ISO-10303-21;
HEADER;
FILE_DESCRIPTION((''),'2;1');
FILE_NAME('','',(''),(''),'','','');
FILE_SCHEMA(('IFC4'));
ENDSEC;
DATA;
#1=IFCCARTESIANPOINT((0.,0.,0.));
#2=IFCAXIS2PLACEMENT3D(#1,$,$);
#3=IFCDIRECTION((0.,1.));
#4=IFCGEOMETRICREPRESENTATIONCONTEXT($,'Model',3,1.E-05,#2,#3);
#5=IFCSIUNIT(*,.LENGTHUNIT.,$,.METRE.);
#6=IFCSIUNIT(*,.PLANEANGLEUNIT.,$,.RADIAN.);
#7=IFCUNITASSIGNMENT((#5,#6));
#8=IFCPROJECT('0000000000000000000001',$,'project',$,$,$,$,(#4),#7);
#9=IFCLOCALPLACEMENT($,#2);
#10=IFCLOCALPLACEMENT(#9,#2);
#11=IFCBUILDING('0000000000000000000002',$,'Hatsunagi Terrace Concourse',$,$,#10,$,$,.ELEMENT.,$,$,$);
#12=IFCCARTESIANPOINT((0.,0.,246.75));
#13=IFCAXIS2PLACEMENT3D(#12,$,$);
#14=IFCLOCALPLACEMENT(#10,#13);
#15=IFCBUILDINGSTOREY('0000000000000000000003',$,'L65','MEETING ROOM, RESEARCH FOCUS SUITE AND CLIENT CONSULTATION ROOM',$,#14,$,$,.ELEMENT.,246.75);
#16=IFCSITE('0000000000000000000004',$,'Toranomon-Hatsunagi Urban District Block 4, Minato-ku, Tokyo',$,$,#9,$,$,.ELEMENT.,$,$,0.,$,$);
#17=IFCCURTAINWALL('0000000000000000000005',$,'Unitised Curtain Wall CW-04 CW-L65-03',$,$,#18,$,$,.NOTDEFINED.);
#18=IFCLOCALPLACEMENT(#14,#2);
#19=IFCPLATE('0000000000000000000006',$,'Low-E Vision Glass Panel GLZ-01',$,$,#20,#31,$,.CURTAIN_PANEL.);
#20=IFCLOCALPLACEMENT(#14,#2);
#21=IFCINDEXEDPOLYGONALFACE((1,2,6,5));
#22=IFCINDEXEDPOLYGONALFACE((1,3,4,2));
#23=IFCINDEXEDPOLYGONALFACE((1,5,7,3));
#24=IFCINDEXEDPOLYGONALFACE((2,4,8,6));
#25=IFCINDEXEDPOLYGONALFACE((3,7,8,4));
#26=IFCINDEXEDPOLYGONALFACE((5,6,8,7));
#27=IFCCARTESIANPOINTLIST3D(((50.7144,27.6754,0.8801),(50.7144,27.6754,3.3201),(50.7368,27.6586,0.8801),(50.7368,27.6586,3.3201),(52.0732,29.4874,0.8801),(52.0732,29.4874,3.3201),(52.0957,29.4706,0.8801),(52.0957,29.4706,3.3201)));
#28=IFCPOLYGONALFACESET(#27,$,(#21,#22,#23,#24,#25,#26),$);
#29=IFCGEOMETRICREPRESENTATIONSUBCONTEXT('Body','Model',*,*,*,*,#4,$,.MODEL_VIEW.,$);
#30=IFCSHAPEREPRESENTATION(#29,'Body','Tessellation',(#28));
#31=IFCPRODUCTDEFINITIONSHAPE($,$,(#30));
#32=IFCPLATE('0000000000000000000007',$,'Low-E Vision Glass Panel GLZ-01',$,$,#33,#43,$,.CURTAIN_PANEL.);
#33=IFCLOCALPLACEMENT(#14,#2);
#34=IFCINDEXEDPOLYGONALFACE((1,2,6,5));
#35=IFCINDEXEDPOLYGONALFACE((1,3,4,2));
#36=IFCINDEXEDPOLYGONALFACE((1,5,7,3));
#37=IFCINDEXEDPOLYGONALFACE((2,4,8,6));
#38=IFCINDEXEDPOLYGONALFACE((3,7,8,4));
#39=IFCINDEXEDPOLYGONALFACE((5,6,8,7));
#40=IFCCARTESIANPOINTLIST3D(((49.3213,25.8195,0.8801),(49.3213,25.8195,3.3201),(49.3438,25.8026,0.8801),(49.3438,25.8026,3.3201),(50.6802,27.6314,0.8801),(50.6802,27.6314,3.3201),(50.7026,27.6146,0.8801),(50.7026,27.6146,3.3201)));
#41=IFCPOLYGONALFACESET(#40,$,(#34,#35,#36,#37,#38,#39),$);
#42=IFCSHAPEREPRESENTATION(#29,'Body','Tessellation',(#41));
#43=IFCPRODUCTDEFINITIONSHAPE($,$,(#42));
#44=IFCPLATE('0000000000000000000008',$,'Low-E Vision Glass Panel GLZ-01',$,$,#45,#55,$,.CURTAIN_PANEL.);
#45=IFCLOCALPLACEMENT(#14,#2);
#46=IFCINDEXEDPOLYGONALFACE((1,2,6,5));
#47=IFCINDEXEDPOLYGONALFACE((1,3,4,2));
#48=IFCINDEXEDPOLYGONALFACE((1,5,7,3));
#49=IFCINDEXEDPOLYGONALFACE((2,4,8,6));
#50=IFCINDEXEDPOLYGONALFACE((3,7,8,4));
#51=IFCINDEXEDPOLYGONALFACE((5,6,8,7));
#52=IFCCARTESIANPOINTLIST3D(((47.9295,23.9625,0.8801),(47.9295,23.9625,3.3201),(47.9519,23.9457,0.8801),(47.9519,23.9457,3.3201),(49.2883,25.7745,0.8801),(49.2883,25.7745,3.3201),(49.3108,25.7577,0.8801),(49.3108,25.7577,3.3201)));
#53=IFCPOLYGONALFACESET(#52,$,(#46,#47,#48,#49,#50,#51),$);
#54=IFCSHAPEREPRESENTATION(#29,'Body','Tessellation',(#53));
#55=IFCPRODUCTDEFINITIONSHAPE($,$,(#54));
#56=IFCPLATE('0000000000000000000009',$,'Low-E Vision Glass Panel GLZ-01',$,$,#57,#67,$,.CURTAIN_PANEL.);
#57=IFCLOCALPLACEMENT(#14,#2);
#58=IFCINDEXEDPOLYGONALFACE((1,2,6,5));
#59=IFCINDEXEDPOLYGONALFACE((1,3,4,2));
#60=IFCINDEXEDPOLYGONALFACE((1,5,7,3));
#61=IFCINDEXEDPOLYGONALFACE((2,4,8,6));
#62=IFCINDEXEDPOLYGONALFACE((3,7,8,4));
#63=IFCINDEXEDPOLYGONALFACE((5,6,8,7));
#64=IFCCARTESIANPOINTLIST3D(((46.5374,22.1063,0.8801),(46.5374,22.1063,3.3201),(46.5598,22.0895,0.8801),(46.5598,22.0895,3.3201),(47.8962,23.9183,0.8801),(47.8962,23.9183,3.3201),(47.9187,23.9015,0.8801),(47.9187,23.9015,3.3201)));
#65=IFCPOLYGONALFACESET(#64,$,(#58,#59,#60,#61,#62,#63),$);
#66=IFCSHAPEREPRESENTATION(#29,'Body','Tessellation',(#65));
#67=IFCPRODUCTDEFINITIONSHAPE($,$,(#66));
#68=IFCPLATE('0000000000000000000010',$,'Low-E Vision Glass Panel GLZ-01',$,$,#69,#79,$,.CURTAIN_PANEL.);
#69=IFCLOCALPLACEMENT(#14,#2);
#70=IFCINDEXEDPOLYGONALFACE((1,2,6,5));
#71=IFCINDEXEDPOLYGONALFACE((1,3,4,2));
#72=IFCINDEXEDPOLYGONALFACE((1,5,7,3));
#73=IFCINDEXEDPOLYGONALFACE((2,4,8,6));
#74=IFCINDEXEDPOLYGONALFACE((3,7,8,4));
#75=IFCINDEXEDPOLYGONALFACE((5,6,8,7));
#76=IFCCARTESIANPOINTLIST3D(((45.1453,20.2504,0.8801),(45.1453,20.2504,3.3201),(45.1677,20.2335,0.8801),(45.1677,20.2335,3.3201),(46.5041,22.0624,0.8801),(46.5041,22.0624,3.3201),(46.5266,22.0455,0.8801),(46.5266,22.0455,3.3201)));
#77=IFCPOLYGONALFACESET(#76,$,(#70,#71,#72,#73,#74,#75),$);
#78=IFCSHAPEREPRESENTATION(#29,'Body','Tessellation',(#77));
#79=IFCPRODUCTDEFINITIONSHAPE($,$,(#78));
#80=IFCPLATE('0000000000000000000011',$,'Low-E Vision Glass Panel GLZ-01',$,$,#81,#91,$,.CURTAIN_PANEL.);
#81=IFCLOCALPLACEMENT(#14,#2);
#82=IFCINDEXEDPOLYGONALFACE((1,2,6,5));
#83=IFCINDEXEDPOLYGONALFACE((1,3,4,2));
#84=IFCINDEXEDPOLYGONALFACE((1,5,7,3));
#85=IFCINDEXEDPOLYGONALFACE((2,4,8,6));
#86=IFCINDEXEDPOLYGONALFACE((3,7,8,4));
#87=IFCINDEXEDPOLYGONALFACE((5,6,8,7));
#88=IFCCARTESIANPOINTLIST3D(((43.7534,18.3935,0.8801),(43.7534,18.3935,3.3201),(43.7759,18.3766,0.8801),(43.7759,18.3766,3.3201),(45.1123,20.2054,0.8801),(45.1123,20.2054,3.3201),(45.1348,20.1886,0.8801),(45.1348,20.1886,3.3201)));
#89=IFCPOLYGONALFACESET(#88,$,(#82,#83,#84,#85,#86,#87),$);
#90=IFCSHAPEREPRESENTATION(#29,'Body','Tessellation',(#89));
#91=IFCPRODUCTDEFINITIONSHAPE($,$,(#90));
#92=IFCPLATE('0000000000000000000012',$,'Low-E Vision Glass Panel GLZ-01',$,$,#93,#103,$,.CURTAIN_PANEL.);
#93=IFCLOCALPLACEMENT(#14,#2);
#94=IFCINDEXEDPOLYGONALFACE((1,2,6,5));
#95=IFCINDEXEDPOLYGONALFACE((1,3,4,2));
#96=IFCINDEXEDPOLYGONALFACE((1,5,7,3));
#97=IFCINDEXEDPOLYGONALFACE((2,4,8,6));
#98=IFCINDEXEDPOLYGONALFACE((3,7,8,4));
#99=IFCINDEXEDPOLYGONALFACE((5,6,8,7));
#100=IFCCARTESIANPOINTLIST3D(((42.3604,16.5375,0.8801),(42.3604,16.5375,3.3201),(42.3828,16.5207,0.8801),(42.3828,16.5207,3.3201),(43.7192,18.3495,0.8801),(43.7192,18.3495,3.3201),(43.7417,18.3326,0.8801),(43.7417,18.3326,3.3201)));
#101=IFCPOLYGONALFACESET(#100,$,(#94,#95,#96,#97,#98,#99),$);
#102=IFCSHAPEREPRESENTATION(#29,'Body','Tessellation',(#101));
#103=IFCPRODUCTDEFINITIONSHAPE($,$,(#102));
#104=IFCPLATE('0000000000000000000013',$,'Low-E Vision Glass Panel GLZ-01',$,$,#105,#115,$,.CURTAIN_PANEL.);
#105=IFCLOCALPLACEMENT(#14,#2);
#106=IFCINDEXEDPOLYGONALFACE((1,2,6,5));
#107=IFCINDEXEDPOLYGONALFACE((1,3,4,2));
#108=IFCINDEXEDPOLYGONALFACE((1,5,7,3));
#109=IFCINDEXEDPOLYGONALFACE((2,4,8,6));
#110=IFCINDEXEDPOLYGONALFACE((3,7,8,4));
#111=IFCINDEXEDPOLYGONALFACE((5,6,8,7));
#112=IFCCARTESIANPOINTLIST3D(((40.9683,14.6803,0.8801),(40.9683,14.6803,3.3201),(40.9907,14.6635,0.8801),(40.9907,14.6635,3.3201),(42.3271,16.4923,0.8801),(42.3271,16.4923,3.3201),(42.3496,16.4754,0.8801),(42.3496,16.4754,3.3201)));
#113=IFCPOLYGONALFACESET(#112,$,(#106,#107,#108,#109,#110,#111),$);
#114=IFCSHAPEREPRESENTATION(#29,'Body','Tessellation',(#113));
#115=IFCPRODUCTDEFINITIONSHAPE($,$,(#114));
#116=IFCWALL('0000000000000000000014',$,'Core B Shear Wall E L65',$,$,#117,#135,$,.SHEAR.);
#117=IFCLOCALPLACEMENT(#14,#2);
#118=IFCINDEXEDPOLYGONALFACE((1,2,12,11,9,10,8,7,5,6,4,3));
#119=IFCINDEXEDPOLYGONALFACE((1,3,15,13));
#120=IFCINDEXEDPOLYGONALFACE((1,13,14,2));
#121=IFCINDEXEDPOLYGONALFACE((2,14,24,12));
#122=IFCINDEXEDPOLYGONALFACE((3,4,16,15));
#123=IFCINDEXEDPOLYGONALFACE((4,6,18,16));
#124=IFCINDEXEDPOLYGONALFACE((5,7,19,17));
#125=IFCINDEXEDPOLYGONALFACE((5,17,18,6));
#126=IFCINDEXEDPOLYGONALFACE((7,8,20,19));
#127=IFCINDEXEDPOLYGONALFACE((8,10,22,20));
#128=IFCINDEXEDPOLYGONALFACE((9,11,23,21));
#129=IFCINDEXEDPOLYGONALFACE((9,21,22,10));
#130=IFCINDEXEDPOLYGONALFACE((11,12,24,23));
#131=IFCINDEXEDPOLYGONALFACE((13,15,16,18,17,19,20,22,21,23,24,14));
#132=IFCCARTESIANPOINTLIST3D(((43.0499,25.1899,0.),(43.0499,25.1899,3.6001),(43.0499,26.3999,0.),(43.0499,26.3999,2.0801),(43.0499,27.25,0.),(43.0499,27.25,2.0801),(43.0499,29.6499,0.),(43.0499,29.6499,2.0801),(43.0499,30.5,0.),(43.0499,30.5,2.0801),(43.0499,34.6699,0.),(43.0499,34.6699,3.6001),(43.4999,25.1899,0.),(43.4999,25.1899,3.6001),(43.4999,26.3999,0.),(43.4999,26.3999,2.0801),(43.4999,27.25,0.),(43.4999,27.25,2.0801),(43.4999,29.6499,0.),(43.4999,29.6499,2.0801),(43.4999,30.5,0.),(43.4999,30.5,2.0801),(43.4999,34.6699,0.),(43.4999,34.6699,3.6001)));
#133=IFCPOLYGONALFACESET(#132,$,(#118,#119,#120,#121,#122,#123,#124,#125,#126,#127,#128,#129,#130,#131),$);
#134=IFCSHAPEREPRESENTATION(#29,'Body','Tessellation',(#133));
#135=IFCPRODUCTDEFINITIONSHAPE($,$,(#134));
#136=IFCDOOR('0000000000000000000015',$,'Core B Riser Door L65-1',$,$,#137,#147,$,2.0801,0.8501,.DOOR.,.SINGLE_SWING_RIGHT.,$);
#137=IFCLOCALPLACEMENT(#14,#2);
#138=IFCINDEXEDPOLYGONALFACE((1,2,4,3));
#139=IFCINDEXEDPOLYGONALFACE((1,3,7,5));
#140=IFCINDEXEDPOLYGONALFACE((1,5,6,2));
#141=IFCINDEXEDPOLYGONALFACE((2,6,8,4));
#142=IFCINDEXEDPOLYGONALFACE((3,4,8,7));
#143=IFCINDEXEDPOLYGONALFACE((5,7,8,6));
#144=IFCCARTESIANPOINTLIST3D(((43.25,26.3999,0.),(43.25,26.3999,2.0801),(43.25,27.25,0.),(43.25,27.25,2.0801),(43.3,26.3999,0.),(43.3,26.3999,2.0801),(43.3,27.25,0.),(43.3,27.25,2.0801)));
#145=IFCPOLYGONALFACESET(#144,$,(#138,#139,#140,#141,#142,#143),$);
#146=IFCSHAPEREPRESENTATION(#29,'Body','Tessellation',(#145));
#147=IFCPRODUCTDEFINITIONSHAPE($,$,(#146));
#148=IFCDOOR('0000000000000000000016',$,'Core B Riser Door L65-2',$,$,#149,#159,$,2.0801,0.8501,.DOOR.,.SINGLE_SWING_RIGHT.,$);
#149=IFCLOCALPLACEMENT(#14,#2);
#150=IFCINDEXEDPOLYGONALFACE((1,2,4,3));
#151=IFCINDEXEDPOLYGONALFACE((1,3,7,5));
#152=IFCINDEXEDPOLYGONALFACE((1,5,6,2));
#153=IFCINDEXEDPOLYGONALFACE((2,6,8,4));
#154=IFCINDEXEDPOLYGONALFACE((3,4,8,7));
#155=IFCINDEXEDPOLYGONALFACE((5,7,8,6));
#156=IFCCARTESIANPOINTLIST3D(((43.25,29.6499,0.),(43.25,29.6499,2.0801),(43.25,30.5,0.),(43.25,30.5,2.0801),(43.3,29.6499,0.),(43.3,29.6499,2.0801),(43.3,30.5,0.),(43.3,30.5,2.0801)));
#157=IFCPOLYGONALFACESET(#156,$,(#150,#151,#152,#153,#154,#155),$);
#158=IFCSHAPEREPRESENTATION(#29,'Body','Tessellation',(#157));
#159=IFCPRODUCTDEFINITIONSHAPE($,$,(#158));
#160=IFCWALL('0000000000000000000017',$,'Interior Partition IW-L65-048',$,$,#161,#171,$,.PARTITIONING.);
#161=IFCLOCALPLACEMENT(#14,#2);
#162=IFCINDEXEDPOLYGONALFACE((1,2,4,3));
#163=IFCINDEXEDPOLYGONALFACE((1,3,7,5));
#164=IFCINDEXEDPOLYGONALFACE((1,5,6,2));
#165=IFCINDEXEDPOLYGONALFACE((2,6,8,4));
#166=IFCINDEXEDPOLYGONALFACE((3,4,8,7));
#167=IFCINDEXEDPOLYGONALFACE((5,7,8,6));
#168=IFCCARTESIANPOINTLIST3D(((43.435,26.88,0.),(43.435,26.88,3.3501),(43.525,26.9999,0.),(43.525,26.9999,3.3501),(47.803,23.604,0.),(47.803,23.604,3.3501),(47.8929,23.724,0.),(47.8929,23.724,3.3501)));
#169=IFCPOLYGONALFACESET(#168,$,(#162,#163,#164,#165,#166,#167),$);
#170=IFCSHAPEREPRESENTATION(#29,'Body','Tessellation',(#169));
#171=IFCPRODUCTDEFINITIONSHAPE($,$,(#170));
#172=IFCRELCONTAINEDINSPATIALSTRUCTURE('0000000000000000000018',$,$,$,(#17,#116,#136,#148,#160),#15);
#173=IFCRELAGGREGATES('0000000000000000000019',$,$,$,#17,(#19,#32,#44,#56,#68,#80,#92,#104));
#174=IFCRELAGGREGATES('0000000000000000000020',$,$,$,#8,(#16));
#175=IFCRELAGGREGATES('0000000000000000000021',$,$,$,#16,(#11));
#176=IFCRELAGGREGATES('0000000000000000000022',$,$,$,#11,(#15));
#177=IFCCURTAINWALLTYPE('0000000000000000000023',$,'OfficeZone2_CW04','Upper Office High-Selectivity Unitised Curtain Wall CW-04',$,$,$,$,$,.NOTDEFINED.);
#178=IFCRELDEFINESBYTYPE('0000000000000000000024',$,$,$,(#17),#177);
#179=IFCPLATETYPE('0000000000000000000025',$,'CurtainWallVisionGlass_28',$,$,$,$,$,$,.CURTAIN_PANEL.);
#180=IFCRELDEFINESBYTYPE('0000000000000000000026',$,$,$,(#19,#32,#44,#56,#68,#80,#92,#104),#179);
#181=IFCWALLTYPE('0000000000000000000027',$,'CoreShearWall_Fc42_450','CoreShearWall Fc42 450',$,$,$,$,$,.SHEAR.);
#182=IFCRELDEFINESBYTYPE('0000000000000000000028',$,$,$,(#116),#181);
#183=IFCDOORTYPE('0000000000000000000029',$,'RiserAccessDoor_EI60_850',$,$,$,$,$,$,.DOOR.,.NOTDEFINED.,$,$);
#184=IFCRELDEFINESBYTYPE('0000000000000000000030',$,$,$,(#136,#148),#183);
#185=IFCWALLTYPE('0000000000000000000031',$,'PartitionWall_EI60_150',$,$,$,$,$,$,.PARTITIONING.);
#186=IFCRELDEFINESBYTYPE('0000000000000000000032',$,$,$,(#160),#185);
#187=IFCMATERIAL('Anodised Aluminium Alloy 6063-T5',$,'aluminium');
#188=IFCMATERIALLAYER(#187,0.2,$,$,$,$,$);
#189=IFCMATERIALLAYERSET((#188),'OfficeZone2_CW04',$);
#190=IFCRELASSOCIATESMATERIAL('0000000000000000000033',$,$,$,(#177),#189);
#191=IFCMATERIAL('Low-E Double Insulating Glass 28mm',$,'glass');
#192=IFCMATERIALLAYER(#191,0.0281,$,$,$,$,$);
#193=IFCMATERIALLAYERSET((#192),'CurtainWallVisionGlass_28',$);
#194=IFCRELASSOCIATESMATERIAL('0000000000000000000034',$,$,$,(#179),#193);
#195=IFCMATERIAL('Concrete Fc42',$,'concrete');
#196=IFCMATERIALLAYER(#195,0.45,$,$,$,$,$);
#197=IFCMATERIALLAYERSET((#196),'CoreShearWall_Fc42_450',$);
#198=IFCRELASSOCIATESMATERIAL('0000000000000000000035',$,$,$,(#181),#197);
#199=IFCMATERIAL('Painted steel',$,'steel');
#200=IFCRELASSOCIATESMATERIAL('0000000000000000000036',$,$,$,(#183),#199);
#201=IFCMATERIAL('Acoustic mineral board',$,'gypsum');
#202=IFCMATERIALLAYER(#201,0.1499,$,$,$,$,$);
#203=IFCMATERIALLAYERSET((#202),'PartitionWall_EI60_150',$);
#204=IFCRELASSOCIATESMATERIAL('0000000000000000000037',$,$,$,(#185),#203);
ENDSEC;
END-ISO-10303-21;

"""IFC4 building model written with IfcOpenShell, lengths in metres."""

from ifc_helpers import new_model, si_unit, direction, frame, frame_2d, origin, origin_2d, place, context, subcontext, project, spatial, rectangle, extrude, material, layer, layer_set, type_object, element, fill, aggregate, save


model = new_model("IFC4")

# Units and contexts
model_context = context("Model", 3, precision=1e-05, world=origin(), true_north=direction((0.0, 1.0)))
body_context = subcontext(model_context, "Body", "Model", "MODEL_VIEW")
ifc_project = project(units=[si_unit("LENGTHUNIT", "METRE"), si_unit("PLANEANGLEUNIT", "RADIAN")], contexts=[model_context])

# Site, building, storey
site_placement = place(None, origin())
site = spatial("IfcSite", under=ifc_project, at=site_placement, Name="Toranomon-Hatsunagi Urban District Block 4, Minato-ku, Tokyo", CompositionType="ELEMENT", RefElevation=0.0)
building_placement = place(site_placement, origin())
building = spatial("IfcBuilding", under=site, at=building_placement, Name="Hatsunagi Terrace Concourse", CompositionType="ELEMENT")
storey_placement = place(building_placement, frame((0.0, 0.0, 246.75)))
storey = spatial("IfcBuildingStorey", under=building, at=storey_placement, Name="L65", Description="MEETING ROOM, RESEARCH FOCUS SUITE AND CLIENT CONSULTATION ROOM", CompositionType="ELEMENT", Elevation=246.75)

# Curtain wall
ifc_material_1 = material(Name="Anodised Aluminium Alloy 6063-T5", Category="aluminium")
ifc_layer_1 = layer(ifc_material_1, 0.2)
ifc_layer_set_1 = layer_set([ifc_layer_1], Name="OfficeZone2_CW04")
curtain_wall_type = type_object("IfcCurtainWallType", Name="OfficeZone2_CW04", Description="Upper Office High-Selectivity Unitised Curtain Wall CW-04", PredefinedType="NOTDEFINED", material=ifc_layer_set_1)
curtain_wall_placement = place(storey_placement, origin())
curtain_wall = element("IfcCurtainWall", 1, at=curtain_wall_placement, inside=storey, type_object=curtain_wall_type, Name="Unitised Curtain Wall CW-04 CW-L65-03", PredefinedType="NOTDEFINED")

# Plates
ifc_material_2 = material(Name="Low-E Double Insulating Glass 28mm", Category="glass")
ifc_layer_2 = layer(ifc_material_2, 0.0281)
ifc_layer_set_2 = layer_set([ifc_layer_2], Name="CurtainWallVisionGlass_28")
plate_type_1 = type_object("IfcPlateType", Name="CurtainWallVisionGlass_28", PredefinedType="CURTAIN_PANEL", material=ifc_layer_set_2)
plate_1_placement = place(storey_placement, frame((51.405, 28.573, 0.8801), z_axis=(0.0, 0.0, 1.0), x_axis=(-0.599969, -0.800023, 0.0)))
plate_1 = element("IfcPlate", 2, at=plate_1_placement, type_object=plate_type_1, Name="Low-E Vision Glass Panel GLZ-01", PredefinedType="CURTAIN_PANEL", context=body_context, shape_type="SweptSolid", body=[
    extrude(rectangle(XDim=2.2649, YDim=0.0281, at=origin_2d()), origin(), (0.0, 0.0, 1.0), 2.4399),
])
plate_2_placement = place(storey_placement, frame((50.012, 26.717, 0.8801), z_axis=(0.0, 0.0, 1.0), x_axis=(-0.599969, -0.800023, 0.0)))
plate_2 = element("IfcPlate", 3, at=plate_2_placement, type_object=plate_type_1, Name="Low-E Vision Glass Panel GLZ-01", PredefinedType="CURTAIN_PANEL", context=body_context, shape_type="SweptSolid", body=[
    extrude(rectangle(XDim=2.2649, YDim=0.0281, at=origin_2d()), origin(), (0.0, 0.0, 1.0), 2.4399),
])
plate_3_placement = place(storey_placement, frame((48.6201, 24.8601, 0.8801), z_axis=(0.0, 0.0, 1.0), x_axis=(-0.599969, -0.800023, 0.0)))
plate_3 = element("IfcPlate", 4, at=plate_3_placement, type_object=plate_type_1, Name="Low-E Vision Glass Panel GLZ-01", PredefinedType="CURTAIN_PANEL", context=body_context, shape_type="SweptSolid", body=[
    extrude(rectangle(XDim=2.2649, YDim=0.0281, at=origin_2d()), origin(), (0.0, 0.0, 1.0), 2.4399),
])
plate_4_placement = place(storey_placement, frame((47.228, 23.0039, 0.8801), z_axis=(0.0, 0.0, 1.0), x_axis=(-0.599969, -0.800023, 0.0)))
plate_4 = element("IfcPlate", 5, at=plate_4_placement, type_object=plate_type_1, Name="Low-E Vision Glass Panel GLZ-01", PredefinedType="CURTAIN_PANEL", context=body_context, shape_type="SweptSolid", body=[
    extrude(rectangle(XDim=2.2649, YDim=0.0281, at=origin_2d()), origin(), (0.0, 0.0, 1.0), 2.4399),
])
plate_5_placement = place(storey_placement, frame((45.8359, 21.1479, 0.8801), z_axis=(0.0, 0.0, 1.0), x_axis=(-0.599969, -0.800023, 0.0)))
plate_5 = element("IfcPlate", 6, at=plate_5_placement, type_object=plate_type_1, Name="Low-E Vision Glass Panel GLZ-01", PredefinedType="CURTAIN_PANEL", context=body_context, shape_type="SweptSolid", body=[
    extrude(rectangle(XDim=2.2649, YDim=0.0281, at=origin_2d()), origin(), (0.0, 0.0, 1.0), 2.4399),
])
plate_6_placement = place(storey_placement, frame((44.4441, 19.291, 0.8801), z_axis=(0.0, 0.0, 1.0), x_axis=(-0.599969, -0.800023, 0.0)))
plate_6 = element("IfcPlate", 7, at=plate_6_placement, type_object=plate_type_1, Name="Low-E Vision Glass Panel GLZ-01", PredefinedType="CURTAIN_PANEL", context=body_context, shape_type="SweptSolid", body=[
    extrude(rectangle(XDim=2.2649, YDim=0.0281, at=origin_2d()), origin(), (0.0, 0.0, 1.0), 2.4399),
])
plate_7_placement = place(storey_placement, frame((43.051, 17.4351, 0.8801), z_axis=(0.0, 0.0, 1.0), x_axis=(-0.599969, -0.800023, 0.0)))
plate_7 = element("IfcPlate", 8, at=plate_7_placement, type_object=plate_type_1, Name="Low-E Vision Glass Panel GLZ-01", PredefinedType="CURTAIN_PANEL", context=body_context, shape_type="SweptSolid", body=[
    extrude(rectangle(XDim=2.2649, YDim=0.0281, at=origin_2d()), origin(), (0.0, 0.0, 1.0), 2.4399),
])
plate_8_placement = place(storey_placement, frame((41.6589, 15.5779, 0.8801), z_axis=(0.0, 0.0, 1.0), x_axis=(-0.599969, -0.800023, 0.0)))
plate_8 = element("IfcPlate", 9, at=plate_8_placement, type_object=plate_type_1, Name="Low-E Vision Glass Panel GLZ-01", PredefinedType="CURTAIN_PANEL", context=body_context, shape_type="SweptSolid", body=[
    extrude(rectangle(XDim=2.2649, YDim=0.0281, at=origin_2d()), origin(), (0.0, 0.0, 1.0), 2.4399),
])
aggregate(curtain_wall, [plate_1, plate_2, plate_3, plate_4, plate_5, plate_6, plate_7, plate_8])

# Wall, openings, doors
ifc_material_3 = material(Name="Concrete Fc42", Category="concrete")
ifc_layer_3 = layer(ifc_material_3, 0.45)
ifc_layer_set_3 = layer_set([ifc_layer_3], Name="CoreShearWall_Fc42_450")
wall_type_1 = type_object("IfcWallType", Name="CoreShearWall_Fc42_450", Description="CoreShearWall Fc42 450", PredefinedType="SHEAR", material=ifc_layer_set_3)
wall_1_placement = place(storey_placement, frame((43.2749, 25.1899, 0.0), z_axis=(0.0, 0.0, 1.0), x_axis=(0.0, 1.0, 0.0)))
wall_1 = element("IfcWall", 10, at=wall_1_placement, inside=storey, type_object=wall_type_1, Name="Core B Shear Wall E L65", PredefinedType="SHEAR", context=body_context, shape_type="SweptSolid", body=[
    extrude(rectangle(XDim=9.48, YDim=0.45, at=frame_2d((4.74, 0.0))), origin(), (0.0, 0.0, 1.0), 3.6001),
])
opening_1_placement = place(wall_1_placement, frame((1.21, 0.0, 0.0)))
opening_1 = element("IfcOpeningElement", 11, at=opening_1_placement, cuts=wall_1, PredefinedType="OPENING", context=body_context, shape_type="SweptSolid", body=[
    extrude(rectangle(XDim=0.8501, YDim=2.0801, at=frame_2d((0.425, 1.04))), frame((0.0, 0.2349, 0.0), z_axis=(0.0, -1.0, 0.0), x_axis=(1.0, 0.0, 0.0)), (0.0, 0.0, 1.0), 0.47),
])
opening_2_placement = place(wall_1_placement, frame((4.46, 0.0, 0.0)))
opening_2 = element("IfcOpeningElement", 12, at=opening_2_placement, cuts=wall_1, PredefinedType="OPENING", context=body_context, shape_type="SweptSolid", body=[
    extrude(rectangle(XDim=0.8501, YDim=2.0801, at=frame_2d((0.425, 1.04))), frame((0.0, 0.2349, 0.0), z_axis=(0.0, -1.0, 0.0), x_axis=(1.0, 0.0, 0.0)), (0.0, 0.0, 1.0), 0.47),
])
ifc_material_4 = material(Name="Painted steel", Category="steel")
door_type = type_object("IfcDoorType", Name="RiserAccessDoor_EI60_850", OperationType="NOTDEFINED", PredefinedType="DOOR", material=ifc_material_4)
door_1_placement = place(opening_1_placement, origin())
door_1 = element("IfcDoor", 13, at=door_1_placement, inside=storey, type_object=door_type, Name="Core B Riser Door L65-1", OperationType="SINGLE_SWING_RIGHT", OverallHeight=2.0801, OverallWidth=0.8501, PredefinedType="DOOR", context=body_context, shape_type="SweptSolid", body=[
    extrude(rectangle(XDim=0.8501, YDim=2.0801, at=frame_2d((0.425, 1.04))), frame((0.0, 0.0249, 0.0), z_axis=(0.0, -1.0, 0.0), x_axis=(1.0, 0.0, 0.0)), (0.0, 0.0, 1.0), 0.05),
])
fill(opening_1, door_1)
door_2_placement = place(opening_2_placement, origin())
door_2 = element("IfcDoor", 14, at=door_2_placement, inside=storey, type_object=door_type, Name="Core B Riser Door L65-2", OperationType="SINGLE_SWING_RIGHT", OverallHeight=2.0801, OverallWidth=0.8501, PredefinedType="DOOR", context=body_context, shape_type="SweptSolid", body=[
    extrude(rectangle(XDim=0.8501, YDim=2.0801, at=frame_2d((0.425, 1.04))), frame((0.0, 0.0249, 0.0), z_axis=(0.0, -1.0, 0.0), x_axis=(1.0, 0.0, 0.0)), (0.0, 0.0, 1.0), 0.05),
])
fill(opening_2, door_2)

# Wall
ifc_material_5 = material(Name="Acoustic mineral board", Category="gypsum")
ifc_layer_4 = layer(ifc_material_5, 0.1499)
ifc_layer_set_4 = layer_set([ifc_layer_4], Name="PartitionWall_EI60_150")
wall_type_2 = type_object("IfcWallType", Name="PartitionWall_EI60_150", PredefinedType="PARTITIONING", material=ifc_layer_set_4)
wall_2_placement = place(storey_placement, frame((43.48, 26.9399, 0.0), z_axis=(0.0, 0.0, 1.0), x_axis=(0.800005, -0.599993, 0.0)))
element("IfcWall", 15, at=wall_2_placement, inside=storey, type_object=wall_type_2, Name="Interior Partition IW-L65-048", PredefinedType="PARTITIONING", context=body_context, shape_type="SweptSolid", body=[
    extrude(rectangle(XDim=5.46, YDim=0.1499, at=frame_2d((2.73, 0.0))), origin(), (0.0, 0.0, 1.0), 3.3501),
])

save(model, "model.ifc")
